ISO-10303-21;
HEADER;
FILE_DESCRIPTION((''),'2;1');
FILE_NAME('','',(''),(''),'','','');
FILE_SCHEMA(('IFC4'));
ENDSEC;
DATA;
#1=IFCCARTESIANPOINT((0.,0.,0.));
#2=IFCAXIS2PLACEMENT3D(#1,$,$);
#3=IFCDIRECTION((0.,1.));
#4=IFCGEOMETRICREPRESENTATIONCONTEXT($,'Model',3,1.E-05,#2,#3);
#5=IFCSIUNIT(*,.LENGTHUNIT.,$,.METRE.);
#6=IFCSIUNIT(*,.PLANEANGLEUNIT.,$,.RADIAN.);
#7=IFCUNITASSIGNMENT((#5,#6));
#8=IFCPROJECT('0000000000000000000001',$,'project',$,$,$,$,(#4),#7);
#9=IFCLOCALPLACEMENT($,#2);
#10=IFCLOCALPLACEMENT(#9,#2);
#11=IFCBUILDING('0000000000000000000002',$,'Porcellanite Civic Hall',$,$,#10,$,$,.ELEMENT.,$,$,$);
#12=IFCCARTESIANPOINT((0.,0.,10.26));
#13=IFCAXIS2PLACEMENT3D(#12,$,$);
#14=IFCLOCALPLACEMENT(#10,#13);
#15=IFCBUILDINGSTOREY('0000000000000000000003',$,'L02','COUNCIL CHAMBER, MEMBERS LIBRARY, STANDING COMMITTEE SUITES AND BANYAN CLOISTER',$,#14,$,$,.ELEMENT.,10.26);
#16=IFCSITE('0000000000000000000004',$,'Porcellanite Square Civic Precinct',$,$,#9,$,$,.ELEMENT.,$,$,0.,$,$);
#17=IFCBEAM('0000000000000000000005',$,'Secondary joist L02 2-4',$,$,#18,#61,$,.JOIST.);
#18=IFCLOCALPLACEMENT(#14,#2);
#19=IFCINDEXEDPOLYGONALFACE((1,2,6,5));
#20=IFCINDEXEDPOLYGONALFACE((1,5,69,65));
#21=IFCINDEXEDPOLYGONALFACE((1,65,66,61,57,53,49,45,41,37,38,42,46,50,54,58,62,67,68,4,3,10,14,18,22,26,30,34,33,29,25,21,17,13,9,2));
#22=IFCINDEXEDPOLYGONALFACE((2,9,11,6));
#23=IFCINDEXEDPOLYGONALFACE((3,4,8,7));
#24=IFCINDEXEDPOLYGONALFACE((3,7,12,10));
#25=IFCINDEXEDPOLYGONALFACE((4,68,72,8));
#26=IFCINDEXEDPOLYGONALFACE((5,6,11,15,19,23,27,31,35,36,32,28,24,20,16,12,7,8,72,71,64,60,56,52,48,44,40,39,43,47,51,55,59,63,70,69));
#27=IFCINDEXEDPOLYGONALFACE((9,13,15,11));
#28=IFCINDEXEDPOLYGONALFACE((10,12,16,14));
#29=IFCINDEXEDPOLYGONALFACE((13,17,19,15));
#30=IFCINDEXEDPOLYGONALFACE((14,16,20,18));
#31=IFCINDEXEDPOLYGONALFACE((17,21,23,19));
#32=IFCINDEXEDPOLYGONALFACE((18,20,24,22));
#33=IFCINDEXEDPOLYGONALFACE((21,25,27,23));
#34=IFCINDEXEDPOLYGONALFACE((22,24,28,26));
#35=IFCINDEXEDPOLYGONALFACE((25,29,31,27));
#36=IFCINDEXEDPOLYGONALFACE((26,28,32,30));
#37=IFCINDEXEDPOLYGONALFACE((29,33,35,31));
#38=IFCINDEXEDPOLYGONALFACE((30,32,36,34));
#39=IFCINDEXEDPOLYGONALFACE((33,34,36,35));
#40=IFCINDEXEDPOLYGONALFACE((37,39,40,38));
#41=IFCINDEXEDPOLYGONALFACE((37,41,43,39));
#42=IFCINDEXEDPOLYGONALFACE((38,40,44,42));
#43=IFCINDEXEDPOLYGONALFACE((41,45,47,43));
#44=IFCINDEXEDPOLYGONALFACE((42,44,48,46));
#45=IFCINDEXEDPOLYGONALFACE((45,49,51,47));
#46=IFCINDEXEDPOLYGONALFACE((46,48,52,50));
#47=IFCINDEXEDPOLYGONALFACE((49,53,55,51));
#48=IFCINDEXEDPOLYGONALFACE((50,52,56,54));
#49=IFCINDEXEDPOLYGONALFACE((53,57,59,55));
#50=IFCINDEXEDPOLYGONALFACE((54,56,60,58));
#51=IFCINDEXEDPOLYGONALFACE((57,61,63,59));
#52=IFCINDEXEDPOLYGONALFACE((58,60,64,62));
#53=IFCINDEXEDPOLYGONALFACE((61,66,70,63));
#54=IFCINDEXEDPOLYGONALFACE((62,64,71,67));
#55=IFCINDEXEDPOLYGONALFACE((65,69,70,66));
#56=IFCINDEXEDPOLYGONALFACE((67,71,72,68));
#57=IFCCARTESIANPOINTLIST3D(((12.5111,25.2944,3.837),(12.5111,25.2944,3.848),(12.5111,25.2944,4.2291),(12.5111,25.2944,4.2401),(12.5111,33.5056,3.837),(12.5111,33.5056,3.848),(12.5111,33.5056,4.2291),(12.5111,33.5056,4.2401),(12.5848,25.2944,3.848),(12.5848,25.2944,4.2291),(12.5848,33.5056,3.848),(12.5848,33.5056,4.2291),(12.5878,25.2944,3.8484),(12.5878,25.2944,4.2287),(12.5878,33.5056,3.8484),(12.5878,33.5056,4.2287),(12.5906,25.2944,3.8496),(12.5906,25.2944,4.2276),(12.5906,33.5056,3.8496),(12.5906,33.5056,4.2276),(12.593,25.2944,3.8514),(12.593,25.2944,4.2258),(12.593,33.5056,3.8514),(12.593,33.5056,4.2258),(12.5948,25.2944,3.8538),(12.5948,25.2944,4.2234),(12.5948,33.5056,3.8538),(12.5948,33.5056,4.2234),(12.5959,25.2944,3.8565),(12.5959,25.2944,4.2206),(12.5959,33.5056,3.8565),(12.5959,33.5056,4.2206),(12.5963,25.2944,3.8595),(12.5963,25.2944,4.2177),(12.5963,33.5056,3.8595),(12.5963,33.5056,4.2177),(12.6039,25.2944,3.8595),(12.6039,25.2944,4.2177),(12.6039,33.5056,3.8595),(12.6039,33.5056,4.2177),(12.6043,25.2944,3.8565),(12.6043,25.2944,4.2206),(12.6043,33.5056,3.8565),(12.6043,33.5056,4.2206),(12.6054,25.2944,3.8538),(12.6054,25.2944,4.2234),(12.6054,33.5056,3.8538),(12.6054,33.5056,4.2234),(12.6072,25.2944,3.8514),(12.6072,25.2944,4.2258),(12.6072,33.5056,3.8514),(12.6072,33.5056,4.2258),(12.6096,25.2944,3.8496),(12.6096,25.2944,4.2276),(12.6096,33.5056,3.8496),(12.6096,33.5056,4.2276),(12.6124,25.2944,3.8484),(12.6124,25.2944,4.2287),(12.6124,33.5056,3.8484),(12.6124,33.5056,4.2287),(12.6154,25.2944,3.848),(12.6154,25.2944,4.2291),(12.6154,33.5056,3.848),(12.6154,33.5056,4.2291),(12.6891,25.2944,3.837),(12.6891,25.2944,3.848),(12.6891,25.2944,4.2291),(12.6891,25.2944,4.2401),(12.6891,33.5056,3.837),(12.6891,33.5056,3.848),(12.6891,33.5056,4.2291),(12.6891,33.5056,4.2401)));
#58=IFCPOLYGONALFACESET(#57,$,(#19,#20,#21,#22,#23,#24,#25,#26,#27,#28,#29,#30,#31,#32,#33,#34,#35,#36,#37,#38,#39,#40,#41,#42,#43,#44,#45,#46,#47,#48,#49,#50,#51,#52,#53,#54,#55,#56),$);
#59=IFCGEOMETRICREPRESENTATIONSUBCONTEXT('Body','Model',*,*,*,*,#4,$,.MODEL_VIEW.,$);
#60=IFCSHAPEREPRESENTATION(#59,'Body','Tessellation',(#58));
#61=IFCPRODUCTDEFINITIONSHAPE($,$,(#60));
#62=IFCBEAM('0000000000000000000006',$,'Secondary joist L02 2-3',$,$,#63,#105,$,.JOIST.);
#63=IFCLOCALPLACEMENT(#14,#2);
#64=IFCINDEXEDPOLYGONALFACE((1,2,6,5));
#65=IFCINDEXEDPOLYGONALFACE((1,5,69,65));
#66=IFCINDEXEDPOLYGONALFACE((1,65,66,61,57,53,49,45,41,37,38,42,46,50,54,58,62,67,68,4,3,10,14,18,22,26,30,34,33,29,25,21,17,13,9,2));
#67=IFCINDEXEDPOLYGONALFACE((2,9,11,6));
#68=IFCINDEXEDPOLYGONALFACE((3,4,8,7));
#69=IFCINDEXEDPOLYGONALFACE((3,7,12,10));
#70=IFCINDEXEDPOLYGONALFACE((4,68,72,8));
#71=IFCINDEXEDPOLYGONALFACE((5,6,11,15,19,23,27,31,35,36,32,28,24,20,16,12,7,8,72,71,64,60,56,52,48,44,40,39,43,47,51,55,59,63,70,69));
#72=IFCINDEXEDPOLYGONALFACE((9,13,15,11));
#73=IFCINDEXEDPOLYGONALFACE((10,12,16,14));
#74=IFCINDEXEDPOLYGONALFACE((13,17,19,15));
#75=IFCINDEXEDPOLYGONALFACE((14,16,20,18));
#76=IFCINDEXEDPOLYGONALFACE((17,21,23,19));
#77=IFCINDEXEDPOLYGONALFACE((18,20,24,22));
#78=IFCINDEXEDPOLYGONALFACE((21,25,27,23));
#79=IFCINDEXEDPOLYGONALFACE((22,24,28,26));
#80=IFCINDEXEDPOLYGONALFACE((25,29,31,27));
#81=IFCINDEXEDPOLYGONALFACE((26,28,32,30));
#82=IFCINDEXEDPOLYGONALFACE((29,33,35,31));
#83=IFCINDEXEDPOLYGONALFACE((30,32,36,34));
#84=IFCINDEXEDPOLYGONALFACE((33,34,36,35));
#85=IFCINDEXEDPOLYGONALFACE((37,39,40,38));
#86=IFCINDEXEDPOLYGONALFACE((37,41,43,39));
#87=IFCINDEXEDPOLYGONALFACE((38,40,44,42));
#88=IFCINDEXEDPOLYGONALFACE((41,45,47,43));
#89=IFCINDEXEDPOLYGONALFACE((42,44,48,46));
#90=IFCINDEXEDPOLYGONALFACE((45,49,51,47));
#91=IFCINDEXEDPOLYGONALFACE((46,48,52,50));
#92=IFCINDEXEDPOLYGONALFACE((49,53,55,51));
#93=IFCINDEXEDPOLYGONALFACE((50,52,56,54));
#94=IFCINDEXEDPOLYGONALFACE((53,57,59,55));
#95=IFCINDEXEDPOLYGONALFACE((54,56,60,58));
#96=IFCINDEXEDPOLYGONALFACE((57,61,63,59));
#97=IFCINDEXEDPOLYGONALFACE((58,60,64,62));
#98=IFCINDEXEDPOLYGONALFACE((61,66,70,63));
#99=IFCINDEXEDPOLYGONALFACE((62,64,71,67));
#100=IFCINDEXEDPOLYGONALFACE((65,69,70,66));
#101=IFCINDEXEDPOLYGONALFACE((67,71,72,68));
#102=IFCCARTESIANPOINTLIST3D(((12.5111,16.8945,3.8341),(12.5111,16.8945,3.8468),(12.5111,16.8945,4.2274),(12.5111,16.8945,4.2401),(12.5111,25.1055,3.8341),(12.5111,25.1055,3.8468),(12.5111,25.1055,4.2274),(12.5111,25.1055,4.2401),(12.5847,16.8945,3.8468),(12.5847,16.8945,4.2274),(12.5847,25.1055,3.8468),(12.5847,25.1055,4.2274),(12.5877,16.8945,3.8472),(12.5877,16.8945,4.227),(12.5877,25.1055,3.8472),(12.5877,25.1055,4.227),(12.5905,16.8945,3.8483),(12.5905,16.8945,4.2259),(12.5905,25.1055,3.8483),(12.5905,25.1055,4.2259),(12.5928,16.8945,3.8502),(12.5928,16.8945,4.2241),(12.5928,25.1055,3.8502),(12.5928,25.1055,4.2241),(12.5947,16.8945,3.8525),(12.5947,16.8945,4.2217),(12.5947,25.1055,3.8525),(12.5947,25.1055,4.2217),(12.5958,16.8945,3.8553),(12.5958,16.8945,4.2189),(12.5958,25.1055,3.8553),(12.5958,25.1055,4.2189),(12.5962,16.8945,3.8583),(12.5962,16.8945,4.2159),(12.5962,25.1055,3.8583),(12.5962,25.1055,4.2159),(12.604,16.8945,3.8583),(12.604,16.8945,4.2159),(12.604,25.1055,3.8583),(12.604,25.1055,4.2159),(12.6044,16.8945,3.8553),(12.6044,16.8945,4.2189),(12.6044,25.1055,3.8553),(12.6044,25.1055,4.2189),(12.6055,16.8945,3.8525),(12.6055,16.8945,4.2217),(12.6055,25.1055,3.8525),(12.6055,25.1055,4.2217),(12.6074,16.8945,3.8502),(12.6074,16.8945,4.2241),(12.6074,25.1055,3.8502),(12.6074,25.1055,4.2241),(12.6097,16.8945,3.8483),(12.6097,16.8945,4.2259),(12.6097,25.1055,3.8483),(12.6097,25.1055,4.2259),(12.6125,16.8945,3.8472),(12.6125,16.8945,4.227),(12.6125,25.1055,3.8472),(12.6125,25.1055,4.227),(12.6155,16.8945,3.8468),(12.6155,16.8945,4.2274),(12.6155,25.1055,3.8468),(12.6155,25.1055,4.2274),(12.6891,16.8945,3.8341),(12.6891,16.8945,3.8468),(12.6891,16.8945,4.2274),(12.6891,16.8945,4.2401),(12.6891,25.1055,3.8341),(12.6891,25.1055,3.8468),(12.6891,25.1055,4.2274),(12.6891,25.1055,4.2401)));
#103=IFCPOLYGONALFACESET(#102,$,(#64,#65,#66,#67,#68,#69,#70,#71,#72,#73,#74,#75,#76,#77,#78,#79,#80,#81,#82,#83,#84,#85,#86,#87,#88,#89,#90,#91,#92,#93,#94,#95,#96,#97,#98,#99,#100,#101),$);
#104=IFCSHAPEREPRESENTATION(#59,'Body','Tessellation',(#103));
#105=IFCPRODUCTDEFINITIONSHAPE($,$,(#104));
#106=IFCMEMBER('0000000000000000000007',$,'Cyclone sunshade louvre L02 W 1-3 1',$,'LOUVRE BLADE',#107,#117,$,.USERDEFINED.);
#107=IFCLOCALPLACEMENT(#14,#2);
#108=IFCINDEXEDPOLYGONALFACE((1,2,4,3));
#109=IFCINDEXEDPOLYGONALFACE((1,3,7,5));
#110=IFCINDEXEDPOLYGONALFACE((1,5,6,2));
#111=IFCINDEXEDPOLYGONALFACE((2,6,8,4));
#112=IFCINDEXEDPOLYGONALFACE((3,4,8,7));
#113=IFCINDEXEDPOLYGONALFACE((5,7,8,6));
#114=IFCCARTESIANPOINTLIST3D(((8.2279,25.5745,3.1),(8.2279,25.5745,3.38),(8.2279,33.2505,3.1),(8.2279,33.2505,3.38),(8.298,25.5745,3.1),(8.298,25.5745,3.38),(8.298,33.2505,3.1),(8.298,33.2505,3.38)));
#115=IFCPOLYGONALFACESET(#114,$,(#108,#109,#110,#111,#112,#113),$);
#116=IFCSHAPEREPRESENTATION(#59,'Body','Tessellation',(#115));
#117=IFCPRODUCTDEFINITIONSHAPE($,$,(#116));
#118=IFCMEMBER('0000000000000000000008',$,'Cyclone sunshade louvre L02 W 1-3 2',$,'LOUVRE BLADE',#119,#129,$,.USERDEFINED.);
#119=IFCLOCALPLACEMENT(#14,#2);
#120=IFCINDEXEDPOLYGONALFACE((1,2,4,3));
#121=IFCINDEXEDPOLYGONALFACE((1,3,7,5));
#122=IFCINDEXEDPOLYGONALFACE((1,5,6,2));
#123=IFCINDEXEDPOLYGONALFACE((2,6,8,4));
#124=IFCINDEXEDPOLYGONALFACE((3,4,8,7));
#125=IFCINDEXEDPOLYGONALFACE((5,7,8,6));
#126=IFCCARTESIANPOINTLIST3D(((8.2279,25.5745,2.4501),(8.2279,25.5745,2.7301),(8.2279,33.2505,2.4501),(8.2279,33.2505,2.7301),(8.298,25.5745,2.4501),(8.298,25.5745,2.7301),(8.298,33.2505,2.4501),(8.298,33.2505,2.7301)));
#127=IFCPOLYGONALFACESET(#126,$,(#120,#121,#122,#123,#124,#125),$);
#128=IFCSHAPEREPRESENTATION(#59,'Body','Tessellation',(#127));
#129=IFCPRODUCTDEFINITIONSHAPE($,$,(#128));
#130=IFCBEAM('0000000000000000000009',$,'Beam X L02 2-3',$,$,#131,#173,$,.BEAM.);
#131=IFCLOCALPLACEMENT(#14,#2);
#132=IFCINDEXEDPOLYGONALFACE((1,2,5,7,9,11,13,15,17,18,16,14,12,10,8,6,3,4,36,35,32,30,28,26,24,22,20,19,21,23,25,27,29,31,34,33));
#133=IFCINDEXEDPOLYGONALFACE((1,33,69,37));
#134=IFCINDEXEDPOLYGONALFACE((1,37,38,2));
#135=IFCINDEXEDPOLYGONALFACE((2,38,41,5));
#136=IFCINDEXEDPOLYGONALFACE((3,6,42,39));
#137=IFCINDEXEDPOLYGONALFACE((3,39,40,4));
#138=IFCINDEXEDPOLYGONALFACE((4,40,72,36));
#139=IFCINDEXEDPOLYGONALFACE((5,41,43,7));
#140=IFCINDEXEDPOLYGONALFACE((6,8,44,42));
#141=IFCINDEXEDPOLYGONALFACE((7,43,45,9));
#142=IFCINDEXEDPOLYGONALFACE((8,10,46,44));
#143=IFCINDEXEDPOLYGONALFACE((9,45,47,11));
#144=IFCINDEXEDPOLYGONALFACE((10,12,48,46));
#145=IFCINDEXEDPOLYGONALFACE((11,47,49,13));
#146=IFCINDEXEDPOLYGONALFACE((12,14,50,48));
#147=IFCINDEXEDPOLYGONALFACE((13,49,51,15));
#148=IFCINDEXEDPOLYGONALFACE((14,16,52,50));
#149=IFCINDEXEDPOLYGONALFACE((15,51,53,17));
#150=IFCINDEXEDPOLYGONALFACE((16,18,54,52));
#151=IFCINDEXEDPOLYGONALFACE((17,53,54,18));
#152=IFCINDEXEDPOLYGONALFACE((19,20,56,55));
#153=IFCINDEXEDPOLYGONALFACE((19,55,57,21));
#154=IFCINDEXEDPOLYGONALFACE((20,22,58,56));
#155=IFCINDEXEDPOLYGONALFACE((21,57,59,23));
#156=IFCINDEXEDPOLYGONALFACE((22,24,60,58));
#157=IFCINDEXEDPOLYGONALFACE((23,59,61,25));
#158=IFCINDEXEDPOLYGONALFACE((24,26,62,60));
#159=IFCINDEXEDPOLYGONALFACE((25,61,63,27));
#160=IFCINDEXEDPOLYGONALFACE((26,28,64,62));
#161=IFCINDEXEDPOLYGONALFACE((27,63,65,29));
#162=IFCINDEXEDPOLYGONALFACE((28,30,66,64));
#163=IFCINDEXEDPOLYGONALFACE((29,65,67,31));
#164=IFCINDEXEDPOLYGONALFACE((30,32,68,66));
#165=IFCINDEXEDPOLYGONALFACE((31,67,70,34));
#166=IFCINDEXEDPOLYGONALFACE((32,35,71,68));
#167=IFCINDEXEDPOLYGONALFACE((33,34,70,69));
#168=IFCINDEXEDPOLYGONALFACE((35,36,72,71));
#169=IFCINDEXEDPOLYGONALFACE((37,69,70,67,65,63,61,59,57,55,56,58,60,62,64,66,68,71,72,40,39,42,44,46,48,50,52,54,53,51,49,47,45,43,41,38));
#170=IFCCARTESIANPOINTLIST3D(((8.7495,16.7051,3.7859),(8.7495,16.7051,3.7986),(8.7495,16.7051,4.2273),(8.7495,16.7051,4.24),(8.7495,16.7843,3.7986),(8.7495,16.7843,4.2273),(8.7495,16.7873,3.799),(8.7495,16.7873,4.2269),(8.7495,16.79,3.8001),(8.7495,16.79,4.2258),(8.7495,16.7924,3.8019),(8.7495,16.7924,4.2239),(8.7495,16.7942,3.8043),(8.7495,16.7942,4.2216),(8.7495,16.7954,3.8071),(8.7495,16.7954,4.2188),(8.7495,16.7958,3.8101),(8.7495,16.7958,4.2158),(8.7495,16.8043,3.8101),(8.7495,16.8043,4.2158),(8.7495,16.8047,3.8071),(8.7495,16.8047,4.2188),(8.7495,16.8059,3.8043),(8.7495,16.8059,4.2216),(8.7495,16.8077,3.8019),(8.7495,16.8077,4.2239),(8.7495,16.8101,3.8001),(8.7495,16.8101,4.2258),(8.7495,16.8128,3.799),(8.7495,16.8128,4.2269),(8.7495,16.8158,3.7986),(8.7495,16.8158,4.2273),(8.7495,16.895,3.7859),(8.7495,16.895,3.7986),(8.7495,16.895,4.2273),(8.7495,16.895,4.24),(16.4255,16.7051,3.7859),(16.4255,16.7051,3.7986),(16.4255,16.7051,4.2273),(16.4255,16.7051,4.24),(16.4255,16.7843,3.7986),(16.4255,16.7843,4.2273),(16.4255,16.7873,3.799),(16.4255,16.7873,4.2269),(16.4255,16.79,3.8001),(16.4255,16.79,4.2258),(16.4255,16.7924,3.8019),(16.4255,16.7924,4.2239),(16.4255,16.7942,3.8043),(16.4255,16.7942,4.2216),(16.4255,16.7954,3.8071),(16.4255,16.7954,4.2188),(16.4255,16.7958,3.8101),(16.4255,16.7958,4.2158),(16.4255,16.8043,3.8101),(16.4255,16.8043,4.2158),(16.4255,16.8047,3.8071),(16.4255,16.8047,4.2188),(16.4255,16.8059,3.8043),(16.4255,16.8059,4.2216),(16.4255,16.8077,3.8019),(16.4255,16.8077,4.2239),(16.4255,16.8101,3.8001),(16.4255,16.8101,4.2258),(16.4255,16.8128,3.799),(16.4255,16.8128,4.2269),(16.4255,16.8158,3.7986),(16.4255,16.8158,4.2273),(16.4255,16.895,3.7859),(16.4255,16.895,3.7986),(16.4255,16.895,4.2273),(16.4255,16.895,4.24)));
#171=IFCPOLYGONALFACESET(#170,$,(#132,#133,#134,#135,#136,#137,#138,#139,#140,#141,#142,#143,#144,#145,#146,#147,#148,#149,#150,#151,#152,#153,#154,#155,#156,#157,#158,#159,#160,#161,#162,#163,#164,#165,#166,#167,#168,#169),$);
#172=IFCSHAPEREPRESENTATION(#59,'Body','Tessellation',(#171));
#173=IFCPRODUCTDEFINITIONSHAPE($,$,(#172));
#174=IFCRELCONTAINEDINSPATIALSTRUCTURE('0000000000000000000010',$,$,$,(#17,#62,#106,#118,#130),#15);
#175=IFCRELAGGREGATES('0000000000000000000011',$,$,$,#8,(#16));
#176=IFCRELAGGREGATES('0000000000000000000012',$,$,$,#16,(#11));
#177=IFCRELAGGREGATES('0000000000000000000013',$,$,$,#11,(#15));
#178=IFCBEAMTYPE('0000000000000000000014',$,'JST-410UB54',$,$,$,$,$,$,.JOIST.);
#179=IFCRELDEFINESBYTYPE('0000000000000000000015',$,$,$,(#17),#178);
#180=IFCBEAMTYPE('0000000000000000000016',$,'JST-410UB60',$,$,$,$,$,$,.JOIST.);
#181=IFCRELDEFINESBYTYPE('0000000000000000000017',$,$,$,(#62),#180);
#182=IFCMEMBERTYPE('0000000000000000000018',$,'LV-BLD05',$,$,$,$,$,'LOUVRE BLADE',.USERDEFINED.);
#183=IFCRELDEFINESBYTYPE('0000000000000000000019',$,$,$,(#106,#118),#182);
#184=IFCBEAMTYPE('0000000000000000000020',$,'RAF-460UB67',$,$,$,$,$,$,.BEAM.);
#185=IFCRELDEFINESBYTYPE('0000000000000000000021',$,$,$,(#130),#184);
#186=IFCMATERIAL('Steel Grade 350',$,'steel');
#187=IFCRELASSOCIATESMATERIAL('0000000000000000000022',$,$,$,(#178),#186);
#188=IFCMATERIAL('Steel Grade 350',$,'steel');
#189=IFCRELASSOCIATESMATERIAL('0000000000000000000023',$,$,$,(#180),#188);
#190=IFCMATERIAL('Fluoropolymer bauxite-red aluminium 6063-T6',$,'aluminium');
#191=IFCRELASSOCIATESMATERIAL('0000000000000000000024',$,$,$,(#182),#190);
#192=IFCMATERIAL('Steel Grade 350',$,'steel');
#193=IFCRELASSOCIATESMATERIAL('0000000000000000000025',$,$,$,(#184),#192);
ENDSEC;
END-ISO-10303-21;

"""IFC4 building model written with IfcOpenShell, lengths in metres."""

from ifc_helpers import new_model, si_unit, direction, frame, origin, origin_2d, place, context, subcontext, project, spatial, rectangle, i_section, extrude, material, material_profile, profile_set, type_object, element, save


model = new_model("IFC4")

# Units and contexts
model_context = context("Model", 3, precision=1e-05, world=origin(), true_north=direction((0.0, 1.0)))
body_context = subcontext(model_context, "Body", "Model", "MODEL_VIEW")
ifc_project = project(units=[si_unit("LENGTHUNIT", "METRE"), si_unit("PLANEANGLEUNIT", "RADIAN")], contexts=[model_context])

# Site, building, storey
site_placement = place(None, origin())
site = spatial("IfcSite", under=ifc_project, at=site_placement, Name="Porcellanite Square Civic Precinct", CompositionType="ELEMENT", RefElevation=0.0)
building_placement = place(site_placement, origin())
building = spatial("IfcBuilding", under=site, at=building_placement, Name="Porcellanite Civic Hall", CompositionType="ELEMENT")
storey_placement = place(building_placement, frame((0.0, 0.0, 10.26)))
storey = spatial("IfcBuildingStorey", under=building, at=storey_placement, Name="L02", Description="COUNCIL CHAMBER, MEMBERS LIBRARY, STANDING COMMITTEE SUITES AND BANYAN CLOISTER", CompositionType="ELEMENT", Elevation=10.26)

# Beams
ifc_material_1 = material(Name="Steel Grade 350", Category="steel")
ifc_material_profile_1 = material_profile(ifc_material_1, i_section(OverallWidth=0.178, OverallDepth=0.4031, WebThickness=0.0076, FlangeThickness=0.011, FilletRadius=0.0115, at=origin_2d()), Name="410UB53.7")
ifc_profile_set_1 = profile_set([ifc_material_profile_1], Name="Steel Grade 350")
beam_type_1 = type_object("IfcBeamType", Name="JST-410UB54", PredefinedType="JOIST", material=ifc_profile_set_1)
beam_1_placement = place(storey_placement, frame((12.6001, 25.2944, 4.0386), z_axis=(0.0, 1.0, 0.0), x_axis=(-1.0, 0.0, 0.0)))
element("IfcBeam", 1, at=beam_1_placement, inside=storey, type_object=beam_type_1, Name="Secondary joist L02 2-4", PredefinedType="JOIST", context=body_context, shape_type="SweptSolid", body=[
    extrude(i_section(OverallWidth=0.178, OverallDepth=0.4031, WebThickness=0.0076, FlangeThickness=0.011, FilletRadius=0.0115, at=origin_2d()), origin(), (0.0, 0.0, 1.0), 8.2112),
])
ifc_material_2 = material(Name="Steel Grade 350", Category="steel")
ifc_material_profile_2 = material_profile(ifc_material_2, i_section(OverallWidth=0.178, OverallDepth=0.406, WebThickness=0.0078, FlangeThickness=0.0127, FilletRadius=0.0115, at=origin_2d()), Name="410UB59.7")
ifc_profile_set_2 = profile_set([ifc_material_profile_2], Name="Steel Grade 350")
beam_type_2 = type_object("IfcBeamType", Name="JST-410UB60", PredefinedType="JOIST", material=ifc_profile_set_2)
beam_2_placement = place(storey_placement, frame((12.6001, 16.8945, 4.0371), z_axis=(0.0, 1.0, 0.0), x_axis=(-1.0, 0.0, 0.0)))
element("IfcBeam", 2, at=beam_2_placement, inside=storey, type_object=beam_type_2, Name="Secondary joist L02 2-3", PredefinedType="JOIST", context=body_context, shape_type="SweptSolid", body=[
    extrude(i_section(OverallWidth=0.178, OverallDepth=0.406, WebThickness=0.0078, FlangeThickness=0.0127, FilletRadius=0.0115, at=origin_2d()), origin(), (0.0, 0.0, 1.0), 8.2109),
])

# Members
ifc_material_3 = material(Name="Fluoropolymer bauxite-red aluminium 6063-T6", Category="aluminium")
ifc_material_profile_3 = material_profile(ifc_material_3, rectangle(XDim=0.0701, YDim=0.28, at=origin_2d()), Name="AL-70x280")
ifc_profile_set_3 = profile_set([ifc_material_profile_3], Name="Fluoropolymer bauxite-red aluminium 6063-T6")
member_type_1 = type_object("IfcMemberType", Name="LV-BLD05", ElementType="LOUVRE BLADE", PredefinedType="USERDEFINED", material=ifc_profile_set_3)
for number, where, z_axis, x_axis, name in (
    (3, (8.2629, 25.5745, 3.24), (0.0, 1.0, 0.0), (-1.0, 0.0, 0.0), "Cyclone sunshade louvre L02 W 1-3 1"),
    (4, (8.2629, 25.5745, 2.5901), (0.0, 1.0, 0.0), (-1.0, 0.0, 0.0), "Cyclone sunshade louvre L02 W 1-3 2"),
):
    element("IfcMember", number, at=place(storey_placement, frame(where, z_axis=z_axis, x_axis=x_axis)), inside=storey, type_object=member_type_1, Name=name, ObjectType="LOUVRE BLADE", PredefinedType="USERDEFINED", context=body_context, shape_type="SweptSolid", body=[
        extrude(rectangle(XDim=0.0701, YDim=0.28, at=origin_2d()), origin(), (0.0, 0.0, 1.0), 7.676),
    ])

# Beam
ifc_material_4 = material(Name="Steel Grade 350", Category="steel")
ifc_material_profile_4 = material_profile(ifc_material_4, i_section(OverallWidth=0.1899, OverallDepth=0.4541, WebThickness=0.0085, FlangeThickness=0.0127, FilletRadius=0.0115, at=origin_2d()), Name="460UB67.1")
ifc_profile_set_4 = profile_set([ifc_material_profile_4], Name="Steel Grade 350")
beam_type_3 = type_object("IfcBeamType", Name="RAF-460UB67", PredefinedType="BEAM", material=ifc_profile_set_4)
for number, where, z_axis, x_axis, name in (
    (5, (8.7495, 16.8, 4.0129), (1.0, 0.0, 0.0), (0.0, 1.0, 0.0), "Beam X L02 2-3"),
):
    element("IfcBeam", number, at=place(storey_placement, frame(where, z_axis=z_axis, x_axis=x_axis)), inside=storey, type_object=beam_type_3, Name=name, PredefinedType="BEAM", context=body_context, shape_type="SweptSolid", body=[
        extrude(i_section(OverallWidth=0.1899, OverallDepth=0.4541, WebThickness=0.0085, FlangeThickness=0.0127, FilletRadius=0.0115, at=origin_2d()), origin(), (0.0, 0.0, 1.0), 7.676),
    ])

save(model, "model.ifc")
